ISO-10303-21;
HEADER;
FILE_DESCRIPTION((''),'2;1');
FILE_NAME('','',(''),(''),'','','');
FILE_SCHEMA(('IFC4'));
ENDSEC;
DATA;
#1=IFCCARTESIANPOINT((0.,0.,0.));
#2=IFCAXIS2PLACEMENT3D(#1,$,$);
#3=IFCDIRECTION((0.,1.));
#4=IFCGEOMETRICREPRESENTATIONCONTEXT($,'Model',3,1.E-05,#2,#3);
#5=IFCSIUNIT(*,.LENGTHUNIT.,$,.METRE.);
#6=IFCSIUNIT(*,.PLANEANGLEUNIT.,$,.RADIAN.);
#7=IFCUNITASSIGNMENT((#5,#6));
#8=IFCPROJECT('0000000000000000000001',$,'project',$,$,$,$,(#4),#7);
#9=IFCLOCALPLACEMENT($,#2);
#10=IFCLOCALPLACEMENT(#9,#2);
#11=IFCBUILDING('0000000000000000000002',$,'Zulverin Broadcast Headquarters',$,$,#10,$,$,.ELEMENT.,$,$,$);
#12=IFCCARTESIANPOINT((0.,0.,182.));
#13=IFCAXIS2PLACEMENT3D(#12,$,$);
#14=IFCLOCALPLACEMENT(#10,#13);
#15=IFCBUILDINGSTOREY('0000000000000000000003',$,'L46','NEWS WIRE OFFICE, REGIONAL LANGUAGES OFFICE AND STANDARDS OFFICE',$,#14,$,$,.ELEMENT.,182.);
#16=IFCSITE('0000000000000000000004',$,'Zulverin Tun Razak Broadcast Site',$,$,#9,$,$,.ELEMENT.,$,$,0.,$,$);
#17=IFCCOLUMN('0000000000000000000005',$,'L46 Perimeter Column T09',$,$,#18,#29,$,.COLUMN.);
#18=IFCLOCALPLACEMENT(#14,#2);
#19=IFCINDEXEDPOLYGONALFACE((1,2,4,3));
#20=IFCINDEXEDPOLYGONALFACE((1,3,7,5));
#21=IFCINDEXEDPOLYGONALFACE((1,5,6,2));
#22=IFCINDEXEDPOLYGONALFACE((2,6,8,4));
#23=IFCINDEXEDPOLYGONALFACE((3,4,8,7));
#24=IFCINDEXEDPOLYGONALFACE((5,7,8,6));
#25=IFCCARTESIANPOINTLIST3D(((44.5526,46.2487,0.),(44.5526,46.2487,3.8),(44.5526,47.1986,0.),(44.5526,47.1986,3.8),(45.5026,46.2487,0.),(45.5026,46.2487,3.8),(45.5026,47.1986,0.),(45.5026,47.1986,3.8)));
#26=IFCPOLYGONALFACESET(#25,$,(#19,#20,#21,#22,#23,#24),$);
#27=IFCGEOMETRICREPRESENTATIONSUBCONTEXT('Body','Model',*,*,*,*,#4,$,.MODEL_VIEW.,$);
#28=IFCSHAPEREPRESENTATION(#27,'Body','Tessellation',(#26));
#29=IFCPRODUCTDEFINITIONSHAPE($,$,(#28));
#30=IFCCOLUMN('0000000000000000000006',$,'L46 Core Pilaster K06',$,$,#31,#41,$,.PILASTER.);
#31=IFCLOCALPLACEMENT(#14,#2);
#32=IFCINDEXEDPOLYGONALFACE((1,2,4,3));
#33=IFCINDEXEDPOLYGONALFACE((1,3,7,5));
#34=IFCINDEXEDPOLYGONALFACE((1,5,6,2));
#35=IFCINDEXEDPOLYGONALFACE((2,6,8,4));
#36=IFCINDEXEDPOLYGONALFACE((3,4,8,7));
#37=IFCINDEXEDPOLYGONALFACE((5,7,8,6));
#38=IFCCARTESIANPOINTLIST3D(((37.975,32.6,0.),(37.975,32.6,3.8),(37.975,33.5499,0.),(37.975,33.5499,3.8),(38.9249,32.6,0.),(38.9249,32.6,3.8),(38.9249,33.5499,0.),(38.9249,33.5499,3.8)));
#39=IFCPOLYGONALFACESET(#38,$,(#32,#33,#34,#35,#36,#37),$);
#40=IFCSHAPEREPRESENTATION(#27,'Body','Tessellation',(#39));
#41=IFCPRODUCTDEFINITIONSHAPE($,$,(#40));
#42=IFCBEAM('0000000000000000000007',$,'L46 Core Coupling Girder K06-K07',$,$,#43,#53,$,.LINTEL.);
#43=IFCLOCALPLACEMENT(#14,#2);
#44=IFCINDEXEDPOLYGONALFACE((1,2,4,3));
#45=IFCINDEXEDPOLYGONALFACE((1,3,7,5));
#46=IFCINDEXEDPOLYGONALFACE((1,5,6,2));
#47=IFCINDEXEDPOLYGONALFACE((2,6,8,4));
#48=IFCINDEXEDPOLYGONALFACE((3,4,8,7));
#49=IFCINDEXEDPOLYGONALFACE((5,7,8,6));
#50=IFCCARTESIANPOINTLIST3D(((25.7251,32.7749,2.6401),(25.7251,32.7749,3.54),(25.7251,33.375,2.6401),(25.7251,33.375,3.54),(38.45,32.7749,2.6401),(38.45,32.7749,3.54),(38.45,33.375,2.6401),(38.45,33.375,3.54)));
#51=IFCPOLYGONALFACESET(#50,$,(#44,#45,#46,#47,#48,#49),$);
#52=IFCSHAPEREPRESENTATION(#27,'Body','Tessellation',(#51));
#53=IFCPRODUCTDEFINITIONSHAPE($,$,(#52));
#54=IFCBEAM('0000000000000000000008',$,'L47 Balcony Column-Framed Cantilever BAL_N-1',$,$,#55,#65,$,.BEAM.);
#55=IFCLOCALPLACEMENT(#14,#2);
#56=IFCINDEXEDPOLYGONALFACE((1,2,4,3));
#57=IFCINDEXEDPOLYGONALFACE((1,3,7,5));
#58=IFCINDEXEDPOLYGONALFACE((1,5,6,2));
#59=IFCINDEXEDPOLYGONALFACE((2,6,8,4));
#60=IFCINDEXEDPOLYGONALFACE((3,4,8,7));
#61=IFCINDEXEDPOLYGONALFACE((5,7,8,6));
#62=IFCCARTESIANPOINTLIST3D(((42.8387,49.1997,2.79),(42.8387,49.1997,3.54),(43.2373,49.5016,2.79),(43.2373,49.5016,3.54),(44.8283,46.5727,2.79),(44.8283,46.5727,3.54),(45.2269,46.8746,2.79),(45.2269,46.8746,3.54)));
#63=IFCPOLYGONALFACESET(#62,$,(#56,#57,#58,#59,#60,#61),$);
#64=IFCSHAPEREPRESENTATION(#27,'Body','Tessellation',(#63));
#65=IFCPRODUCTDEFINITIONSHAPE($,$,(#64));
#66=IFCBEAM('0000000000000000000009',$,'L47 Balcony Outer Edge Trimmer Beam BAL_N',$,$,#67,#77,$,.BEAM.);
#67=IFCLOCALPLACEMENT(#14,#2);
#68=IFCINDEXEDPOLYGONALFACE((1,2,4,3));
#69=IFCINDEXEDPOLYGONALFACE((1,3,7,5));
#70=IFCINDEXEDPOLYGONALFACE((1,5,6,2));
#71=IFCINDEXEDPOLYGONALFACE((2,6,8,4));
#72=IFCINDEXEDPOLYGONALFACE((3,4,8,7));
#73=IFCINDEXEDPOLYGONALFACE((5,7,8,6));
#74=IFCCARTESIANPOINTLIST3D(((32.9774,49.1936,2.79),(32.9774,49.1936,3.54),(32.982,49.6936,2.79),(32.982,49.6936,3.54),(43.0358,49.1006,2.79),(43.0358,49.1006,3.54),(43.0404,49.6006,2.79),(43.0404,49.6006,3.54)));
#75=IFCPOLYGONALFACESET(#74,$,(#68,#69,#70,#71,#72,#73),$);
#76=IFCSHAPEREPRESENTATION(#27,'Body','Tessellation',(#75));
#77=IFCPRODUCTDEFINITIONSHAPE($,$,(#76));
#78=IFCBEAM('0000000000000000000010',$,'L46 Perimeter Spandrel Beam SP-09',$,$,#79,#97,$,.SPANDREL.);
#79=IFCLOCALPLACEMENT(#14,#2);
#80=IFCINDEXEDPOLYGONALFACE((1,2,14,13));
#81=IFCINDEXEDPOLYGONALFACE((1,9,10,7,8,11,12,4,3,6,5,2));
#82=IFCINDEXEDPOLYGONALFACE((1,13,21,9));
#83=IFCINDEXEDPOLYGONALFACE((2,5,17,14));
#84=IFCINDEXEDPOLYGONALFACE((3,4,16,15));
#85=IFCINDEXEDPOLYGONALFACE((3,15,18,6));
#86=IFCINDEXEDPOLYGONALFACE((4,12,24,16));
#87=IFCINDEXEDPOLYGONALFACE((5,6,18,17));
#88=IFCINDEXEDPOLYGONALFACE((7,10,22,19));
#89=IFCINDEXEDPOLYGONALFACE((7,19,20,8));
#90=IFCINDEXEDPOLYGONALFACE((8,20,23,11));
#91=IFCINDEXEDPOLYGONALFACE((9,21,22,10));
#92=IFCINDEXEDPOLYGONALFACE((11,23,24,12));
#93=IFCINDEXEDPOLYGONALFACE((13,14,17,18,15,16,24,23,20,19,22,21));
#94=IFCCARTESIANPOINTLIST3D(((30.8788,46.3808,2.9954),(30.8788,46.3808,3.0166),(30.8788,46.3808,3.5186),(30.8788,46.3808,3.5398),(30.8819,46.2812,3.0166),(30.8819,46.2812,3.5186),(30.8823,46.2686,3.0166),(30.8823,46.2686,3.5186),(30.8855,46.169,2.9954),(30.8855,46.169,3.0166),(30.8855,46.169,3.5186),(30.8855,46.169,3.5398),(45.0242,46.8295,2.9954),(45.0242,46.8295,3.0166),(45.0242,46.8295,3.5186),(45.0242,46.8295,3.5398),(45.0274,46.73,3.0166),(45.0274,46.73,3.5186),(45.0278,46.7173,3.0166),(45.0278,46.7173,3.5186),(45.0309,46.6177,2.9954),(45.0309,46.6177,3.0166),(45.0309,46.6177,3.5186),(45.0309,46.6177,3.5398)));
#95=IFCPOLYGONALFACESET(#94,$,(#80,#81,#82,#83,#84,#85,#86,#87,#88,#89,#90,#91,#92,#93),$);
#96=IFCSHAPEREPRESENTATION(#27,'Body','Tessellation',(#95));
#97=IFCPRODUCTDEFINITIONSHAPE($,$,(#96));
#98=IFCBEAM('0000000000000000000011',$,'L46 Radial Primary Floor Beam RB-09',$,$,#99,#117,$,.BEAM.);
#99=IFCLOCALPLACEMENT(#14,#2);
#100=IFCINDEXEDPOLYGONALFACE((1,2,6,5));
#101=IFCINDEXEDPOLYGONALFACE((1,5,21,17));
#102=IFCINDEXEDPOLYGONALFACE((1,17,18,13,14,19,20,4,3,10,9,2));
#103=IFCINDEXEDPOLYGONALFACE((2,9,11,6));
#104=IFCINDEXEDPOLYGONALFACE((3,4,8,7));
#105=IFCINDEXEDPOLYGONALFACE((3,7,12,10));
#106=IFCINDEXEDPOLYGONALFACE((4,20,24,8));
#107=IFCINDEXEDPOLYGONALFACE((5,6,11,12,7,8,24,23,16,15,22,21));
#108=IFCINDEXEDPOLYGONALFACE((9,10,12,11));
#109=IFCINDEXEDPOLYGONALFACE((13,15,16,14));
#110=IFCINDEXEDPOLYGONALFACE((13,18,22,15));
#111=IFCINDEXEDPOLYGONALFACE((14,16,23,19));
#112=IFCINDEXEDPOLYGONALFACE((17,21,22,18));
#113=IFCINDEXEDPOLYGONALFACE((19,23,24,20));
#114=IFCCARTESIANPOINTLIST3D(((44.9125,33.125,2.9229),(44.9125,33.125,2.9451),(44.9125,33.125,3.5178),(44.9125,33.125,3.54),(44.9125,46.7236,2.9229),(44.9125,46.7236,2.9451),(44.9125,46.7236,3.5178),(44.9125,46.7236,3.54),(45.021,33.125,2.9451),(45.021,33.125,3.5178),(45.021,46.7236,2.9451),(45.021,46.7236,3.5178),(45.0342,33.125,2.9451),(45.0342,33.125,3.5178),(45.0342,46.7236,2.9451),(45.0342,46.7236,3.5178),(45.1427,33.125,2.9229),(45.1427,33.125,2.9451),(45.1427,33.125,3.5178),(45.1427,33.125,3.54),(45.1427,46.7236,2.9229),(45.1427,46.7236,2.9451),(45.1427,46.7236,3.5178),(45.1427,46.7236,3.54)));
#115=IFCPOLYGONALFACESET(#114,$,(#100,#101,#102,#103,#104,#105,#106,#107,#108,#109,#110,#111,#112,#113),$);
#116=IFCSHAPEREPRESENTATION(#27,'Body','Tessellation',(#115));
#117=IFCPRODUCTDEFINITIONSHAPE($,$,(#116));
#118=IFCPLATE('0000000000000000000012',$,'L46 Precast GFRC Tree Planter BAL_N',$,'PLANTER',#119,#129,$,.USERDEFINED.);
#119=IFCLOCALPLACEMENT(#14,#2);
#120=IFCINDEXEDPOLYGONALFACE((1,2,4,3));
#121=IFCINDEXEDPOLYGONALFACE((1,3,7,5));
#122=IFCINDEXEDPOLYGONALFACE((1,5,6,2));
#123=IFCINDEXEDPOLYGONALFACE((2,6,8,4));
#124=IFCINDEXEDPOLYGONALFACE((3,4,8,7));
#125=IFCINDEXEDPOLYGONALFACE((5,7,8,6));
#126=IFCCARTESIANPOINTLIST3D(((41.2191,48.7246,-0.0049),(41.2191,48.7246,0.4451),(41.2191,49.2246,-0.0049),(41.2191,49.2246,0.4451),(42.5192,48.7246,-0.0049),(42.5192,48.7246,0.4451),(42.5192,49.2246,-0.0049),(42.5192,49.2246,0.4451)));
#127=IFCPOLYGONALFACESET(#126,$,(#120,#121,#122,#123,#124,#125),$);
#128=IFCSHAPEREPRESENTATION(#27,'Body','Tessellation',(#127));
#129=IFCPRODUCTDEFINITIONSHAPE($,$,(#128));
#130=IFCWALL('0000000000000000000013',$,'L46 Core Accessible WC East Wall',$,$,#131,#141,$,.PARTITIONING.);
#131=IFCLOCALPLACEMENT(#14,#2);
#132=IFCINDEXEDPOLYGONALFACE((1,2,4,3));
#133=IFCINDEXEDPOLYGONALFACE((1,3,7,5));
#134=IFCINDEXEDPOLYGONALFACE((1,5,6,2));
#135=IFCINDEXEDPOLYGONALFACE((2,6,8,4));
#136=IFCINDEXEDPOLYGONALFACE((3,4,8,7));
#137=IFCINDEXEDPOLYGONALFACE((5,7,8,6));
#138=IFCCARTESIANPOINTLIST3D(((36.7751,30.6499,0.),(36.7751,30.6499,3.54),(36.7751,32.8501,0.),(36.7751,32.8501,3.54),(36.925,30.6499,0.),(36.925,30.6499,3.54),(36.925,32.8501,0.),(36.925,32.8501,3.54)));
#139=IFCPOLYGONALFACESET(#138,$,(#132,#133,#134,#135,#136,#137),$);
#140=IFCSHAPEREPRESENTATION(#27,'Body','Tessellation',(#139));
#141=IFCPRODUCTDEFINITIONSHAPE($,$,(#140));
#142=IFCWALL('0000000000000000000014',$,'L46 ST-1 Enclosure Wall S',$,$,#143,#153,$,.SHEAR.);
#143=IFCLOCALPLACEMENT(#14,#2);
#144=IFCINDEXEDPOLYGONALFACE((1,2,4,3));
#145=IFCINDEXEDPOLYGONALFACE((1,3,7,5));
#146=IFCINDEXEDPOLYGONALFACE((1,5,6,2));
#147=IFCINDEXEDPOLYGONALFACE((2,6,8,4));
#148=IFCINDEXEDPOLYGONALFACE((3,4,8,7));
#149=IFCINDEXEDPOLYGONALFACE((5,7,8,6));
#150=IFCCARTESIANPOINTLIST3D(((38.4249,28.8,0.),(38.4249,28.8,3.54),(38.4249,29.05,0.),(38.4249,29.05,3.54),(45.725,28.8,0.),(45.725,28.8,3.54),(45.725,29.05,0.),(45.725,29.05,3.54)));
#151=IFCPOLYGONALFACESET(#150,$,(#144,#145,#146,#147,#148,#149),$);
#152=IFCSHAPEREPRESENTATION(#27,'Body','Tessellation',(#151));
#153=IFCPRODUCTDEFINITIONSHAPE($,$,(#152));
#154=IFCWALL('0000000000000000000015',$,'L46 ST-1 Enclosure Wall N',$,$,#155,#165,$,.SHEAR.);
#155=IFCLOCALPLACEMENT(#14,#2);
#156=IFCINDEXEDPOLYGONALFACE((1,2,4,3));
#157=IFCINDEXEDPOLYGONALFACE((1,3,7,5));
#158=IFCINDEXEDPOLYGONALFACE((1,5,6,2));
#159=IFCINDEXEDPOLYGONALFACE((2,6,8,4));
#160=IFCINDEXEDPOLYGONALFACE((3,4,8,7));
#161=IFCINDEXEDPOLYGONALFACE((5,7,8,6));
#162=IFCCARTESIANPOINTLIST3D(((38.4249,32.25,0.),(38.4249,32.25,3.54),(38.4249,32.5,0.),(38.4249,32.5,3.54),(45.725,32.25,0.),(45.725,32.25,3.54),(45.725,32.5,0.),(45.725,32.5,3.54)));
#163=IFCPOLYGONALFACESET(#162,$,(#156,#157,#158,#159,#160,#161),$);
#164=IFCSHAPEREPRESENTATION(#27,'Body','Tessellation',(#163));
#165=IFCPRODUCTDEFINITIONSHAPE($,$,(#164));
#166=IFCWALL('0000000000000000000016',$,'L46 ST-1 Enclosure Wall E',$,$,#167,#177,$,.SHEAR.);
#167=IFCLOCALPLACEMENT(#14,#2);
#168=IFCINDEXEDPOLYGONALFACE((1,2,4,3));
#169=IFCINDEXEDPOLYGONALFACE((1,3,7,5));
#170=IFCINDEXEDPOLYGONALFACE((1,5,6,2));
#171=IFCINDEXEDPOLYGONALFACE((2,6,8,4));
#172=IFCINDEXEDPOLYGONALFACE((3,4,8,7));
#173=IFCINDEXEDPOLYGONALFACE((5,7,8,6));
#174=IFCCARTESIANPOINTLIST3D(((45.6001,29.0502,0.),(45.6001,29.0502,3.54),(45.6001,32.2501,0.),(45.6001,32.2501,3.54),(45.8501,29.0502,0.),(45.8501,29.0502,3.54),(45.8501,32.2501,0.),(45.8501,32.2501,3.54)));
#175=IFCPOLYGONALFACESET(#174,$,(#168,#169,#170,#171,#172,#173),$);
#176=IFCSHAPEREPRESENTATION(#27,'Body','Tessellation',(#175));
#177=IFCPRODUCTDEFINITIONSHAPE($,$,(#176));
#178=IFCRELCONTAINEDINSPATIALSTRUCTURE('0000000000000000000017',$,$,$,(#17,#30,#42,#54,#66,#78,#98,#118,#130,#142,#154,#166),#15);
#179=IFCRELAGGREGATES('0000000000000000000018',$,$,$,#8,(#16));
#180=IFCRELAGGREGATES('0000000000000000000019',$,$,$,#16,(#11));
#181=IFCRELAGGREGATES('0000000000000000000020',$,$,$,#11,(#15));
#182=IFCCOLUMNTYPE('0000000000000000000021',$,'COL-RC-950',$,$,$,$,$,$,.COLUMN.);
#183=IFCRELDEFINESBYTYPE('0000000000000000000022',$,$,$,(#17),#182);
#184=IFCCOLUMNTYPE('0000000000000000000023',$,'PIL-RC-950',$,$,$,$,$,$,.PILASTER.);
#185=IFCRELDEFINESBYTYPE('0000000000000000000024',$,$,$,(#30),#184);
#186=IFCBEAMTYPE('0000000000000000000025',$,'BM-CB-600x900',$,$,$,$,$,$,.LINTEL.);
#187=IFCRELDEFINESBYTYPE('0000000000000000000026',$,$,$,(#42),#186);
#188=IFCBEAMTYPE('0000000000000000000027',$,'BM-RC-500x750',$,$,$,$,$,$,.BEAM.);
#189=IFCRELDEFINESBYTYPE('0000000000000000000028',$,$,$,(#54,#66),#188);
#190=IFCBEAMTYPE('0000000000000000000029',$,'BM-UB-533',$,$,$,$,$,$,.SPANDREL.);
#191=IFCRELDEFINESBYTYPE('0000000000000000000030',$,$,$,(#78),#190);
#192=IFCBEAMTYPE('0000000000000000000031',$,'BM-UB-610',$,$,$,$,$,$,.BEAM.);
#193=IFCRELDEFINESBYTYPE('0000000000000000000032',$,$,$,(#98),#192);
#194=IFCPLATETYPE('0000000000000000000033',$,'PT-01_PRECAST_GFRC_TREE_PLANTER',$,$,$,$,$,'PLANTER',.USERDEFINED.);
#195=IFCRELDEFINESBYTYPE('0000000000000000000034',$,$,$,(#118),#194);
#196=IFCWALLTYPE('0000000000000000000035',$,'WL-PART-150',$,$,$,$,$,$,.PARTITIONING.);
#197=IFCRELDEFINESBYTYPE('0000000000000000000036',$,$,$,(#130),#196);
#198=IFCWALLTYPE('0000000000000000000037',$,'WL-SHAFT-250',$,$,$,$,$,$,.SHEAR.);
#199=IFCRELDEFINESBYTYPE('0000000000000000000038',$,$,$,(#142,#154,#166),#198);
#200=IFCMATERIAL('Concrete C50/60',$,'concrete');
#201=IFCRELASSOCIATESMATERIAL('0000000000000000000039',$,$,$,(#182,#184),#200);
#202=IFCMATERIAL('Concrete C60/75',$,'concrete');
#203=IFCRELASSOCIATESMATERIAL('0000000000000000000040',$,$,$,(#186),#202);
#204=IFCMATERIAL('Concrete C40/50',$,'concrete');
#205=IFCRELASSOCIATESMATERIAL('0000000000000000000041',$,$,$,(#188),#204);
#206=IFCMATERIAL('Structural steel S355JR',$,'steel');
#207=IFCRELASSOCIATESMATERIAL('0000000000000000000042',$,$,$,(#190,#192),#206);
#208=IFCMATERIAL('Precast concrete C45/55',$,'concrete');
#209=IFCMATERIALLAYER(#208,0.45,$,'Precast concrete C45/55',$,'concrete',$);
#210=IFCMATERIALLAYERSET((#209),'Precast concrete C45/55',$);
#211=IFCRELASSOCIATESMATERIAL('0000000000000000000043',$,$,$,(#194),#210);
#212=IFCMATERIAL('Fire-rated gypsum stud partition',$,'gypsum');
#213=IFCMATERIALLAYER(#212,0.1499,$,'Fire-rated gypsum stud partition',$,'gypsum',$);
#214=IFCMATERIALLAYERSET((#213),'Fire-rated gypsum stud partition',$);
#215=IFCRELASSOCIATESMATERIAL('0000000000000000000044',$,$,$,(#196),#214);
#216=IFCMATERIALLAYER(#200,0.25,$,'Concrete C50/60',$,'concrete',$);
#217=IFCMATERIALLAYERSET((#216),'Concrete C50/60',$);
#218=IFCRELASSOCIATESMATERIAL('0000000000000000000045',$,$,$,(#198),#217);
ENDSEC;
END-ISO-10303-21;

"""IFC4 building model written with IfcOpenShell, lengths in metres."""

from ifc_helpers import new_model, si_unit, direction, frame, frame_2d, origin, origin_2d, place, context, subcontext, project, spatial, rectangle, i_section, extrude, material, layer, layer_set, material_profile, profile_set, type_object, element, save


model = new_model("IFC4")

# Units and contexts
model_context = context("Model", 3, precision=1e-05, world=origin(), true_north=direction((0.0, 1.0)))
body_context = subcontext(model_context, "Body", "Model", "MODEL_VIEW")
ifc_project = project(units=[si_unit("LENGTHUNIT", "METRE"), si_unit("PLANEANGLEUNIT", "RADIAN")], contexts=[model_context])

# Site, building, storey
site_placement = place(None, origin())
site = spatial("IfcSite", under=ifc_project, at=site_placement, Name="Zulverin Tun Razak Broadcast Site", CompositionType="ELEMENT", RefElevation=0.0)
building_placement = place(site_placement, origin())
building = spatial("IfcBuilding", under=site, at=building_placement, Name="Zulverin Broadcast Headquarters", CompositionType="ELEMENT")
storey_placement = place(building_placement, frame((0.0, 0.0, 182.0)))
storey = spatial("IfcBuildingStorey", under=building, at=storey_placement, Name="L46", Description="NEWS WIRE OFFICE, REGIONAL LANGUAGES OFFICE AND STANDARDS OFFICE", CompositionType="ELEMENT", Elevation=182.0)

# Columns
ifc_material_1 = material(Name="Concrete C50/60", Category="concrete")
ifc_material_profile_1 = material_profile(ifc_material_1, rectangle(XDim=0.95, YDim=0.95, at=origin_2d()), Name="Concrete C50/60", Category="concrete")
ifc_profile_set_1 = profile_set([ifc_material_profile_1], Name="Concrete C50/60")
column_type_1 = type_object("IfcColumnType", Name="COL-RC-950", PredefinedType="COLUMN", material=ifc_profile_set_1)
column_1_placement = place(storey_placement, frame((45.0276, 46.7236, 0.0), z_axis=(0.0, 0.0, 1.0), x_axis=(1.0, 0.0, 0.0)))
element("IfcColumn", 1, at=column_1_placement, inside=storey, type_object=column_type_1, Name="L46 Perimeter Column T09", PredefinedType="COLUMN", context=body_context, shape_type="SweptSolid", body=[
    extrude(rectangle(XDim=0.95, YDim=0.95, at=origin_2d()), origin(), (0.0, 0.0, 1.0), 3.8),
])
ifc_material_profile_2 = material_profile(ifc_material_1, rectangle(XDim=0.95, YDim=0.95, at=origin_2d()), Name="Concrete C50/60", Category="concrete")
ifc_profile_set_2 = profile_set([ifc_material_profile_2], Name="Concrete C50/60")
column_type_2 = type_object("IfcColumnType", Name="PIL-RC-950", PredefinedType="PILASTER", material=ifc_profile_set_2)
column_2_placement = place(storey_placement, frame((38.45, 33.075, 0.0), z_axis=(0.0, 0.0, 1.0), x_axis=(1.0, 0.0, 0.0)))
element("IfcColumn", 2, at=column_2_placement, inside=storey, type_object=column_type_2, Name="L46 Core Pilaster K06", PredefinedType="PILASTER", context=body_context, shape_type="SweptSolid", body=[
    extrude(rectangle(XDim=0.95, YDim=0.95, at=origin_2d()), origin(), (0.0, 0.0, 1.0), 3.8),
])

# Beams
ifc_material_2 = material(Name="Concrete C60/75", Category="concrete")
ifc_material_profile_3 = material_profile(ifc_material_2, rectangle(XDim=0.6001, YDim=0.8999, at=origin_2d()), Name="Concrete C60/75", Category="concrete")
ifc_profile_set_3 = profile_set([ifc_material_profile_3], Name="Concrete C60/75")
beam_type_1 = type_object("IfcBeamType", Name="BM-CB-600x900", PredefinedType="LINTEL", material=ifc_profile_set_3)
beam_1_placement = place(storey_placement, frame((38.45, 33.075, 3.0901), z_axis=(-1.0, 0.0, 0.0), x_axis=(0.0, -1.0, 0.0)))
element("IfcBeam", 3, at=beam_1_placement, inside=storey, type_object=beam_type_1, Name="L46 Core Coupling Girder K06-K07", PredefinedType="LINTEL", context=body_context, shape_type="SweptSolid", body=[
    extrude(rectangle(XDim=0.6001, YDim=0.8999, at=origin_2d()), origin(), (0.0, 0.0, 1.0), 12.7249),
])
ifc_material_3 = material(Name="Concrete C40/50", Category="concrete")
ifc_material_profile_4 = material_profile(ifc_material_3, rectangle(XDim=0.5, YDim=0.75, at=origin_2d()), Name="Concrete C40/50", Category="concrete")
ifc_profile_set_4 = profile_set([ifc_material_profile_4], Name="Concrete C40/50")
beam_type_2 = type_object("IfcBeamType", Name="BM-RC-500x750", PredefinedType="BEAM", material=ifc_profile_set_4)
beam_2_placement = place(storey_placement, frame((45.0276, 46.7236, 3.165), z_axis=(-0.603739, 0.797182, 0.0), x_axis=(-0.797182, -0.603739, 0.0)))
element("IfcBeam", 4, at=beam_2_placement, inside=storey, type_object=beam_type_2, Name="L47 Balcony Column-Framed Cantilever BAL_N-1", PredefinedType="BEAM", context=body_context, shape_type="SweptSolid", body=[
    extrude(rectangle(XDim=0.5, YDim=0.75, at=origin_2d()), origin(), (0.0, 0.0, 1.0), 3.2954),
])
beam_3_placement = place(storey_placement, frame((43.0381, 49.3506, 3.165), z_axis=(-0.999957, 0.009247, 0.0), x_axis=(-0.009247, -0.999957, 0.0)))
element("IfcBeam", 5, at=beam_3_placement, inside=storey, type_object=beam_type_2, Name="L47 Balcony Outer Edge Trimmer Beam BAL_N", PredefinedType="BEAM", context=body_context, shape_type="SweptSolid", body=[
    extrude(rectangle(XDim=0.5, YDim=0.75, at=origin_2d()), origin(), (0.0, 0.0, 1.0), 10.0588),
])
ifc_material_4 = material(Name="Structural steel S355JR", Category="steel")
ifc_material_profile_5 = material_profile(ifc_material_4, i_section(OverallWidth=0.2119, OverallDepth=0.5444, WebThickness=0.0127, FlangeThickness=0.0212, at=origin_2d()), Name="Structural steel S355JR", Category="steel")
ifc_profile_set_5 = profile_set([ifc_material_profile_5], Name="Structural steel S355JR")
beam_type_3 = type_object("IfcBeamType", Name="BM-UB-533", PredefinedType="SPANDREL", material=ifc_profile_set_5)
beam_4_placement = place(storey_placement, frame((45.0276, 46.7236, 3.2676), z_axis=(-0.999497, -0.031707, 0.0), x_axis=(0.031707, -0.999497, 0.0)))
element("IfcBeam", 6, at=beam_4_placement, inside=storey, type_object=beam_type_3, Name="L46 Perimeter Spandrel Beam SP-09", PredefinedType="SPANDREL", context=body_context, shape_type="SweptSolid", body=[
    extrude(i_section(OverallWidth=0.2119, OverallDepth=0.5444, WebThickness=0.0127, FlangeThickness=0.0212, at=origin_2d()), origin(), (0.0, 0.0, 1.0), 14.1526),
])
ifc_material_profile_6 = material_profile(ifc_material_4, i_section(OverallWidth=0.2302, OverallDepth=0.6172, WebThickness=0.0132, FlangeThickness=0.0222, at=origin_2d()), Name="Structural steel S355JR", Category="steel")
ifc_profile_set_6 = profile_set([ifc_material_profile_6], Name="Structural steel S355JR")
beam_type_4 = type_object("IfcBeamType", Name="BM-UB-610", PredefinedType="BEAM", material=ifc_profile_set_6)
beam_5_placement = place(storey_placement, frame((45.0276, 33.125, 3.2314), z_axis=(0.0, 1.0, 0.0), x_axis=(-1.0, 0.0, 0.0)))
element("IfcBeam", 7, at=beam_5_placement, inside=storey, type_object=beam_type_4, Name="L46 Radial Primary Floor Beam RB-09", PredefinedType="BEAM", context=body_context, shape_type="SweptSolid", body=[
    extrude(i_section(OverallWidth=0.2302, OverallDepth=0.6172, WebThickness=0.0132, FlangeThickness=0.0222, at=origin_2d()), origin(), (0.0, 0.0, 1.0), 13.5986),
])

# Plate
ifc_material_5 = material(Name="Precast concrete C45/55", Category="concrete")
ifc_layer_1 = layer(ifc_material_5, 0.45, Name="Precast concrete C45/55", Category="concrete")
ifc_layer_set_1 = layer_set([ifc_layer_1], Name="Precast concrete C45/55")
plate_type = type_object("IfcPlateType", Name="PT-01_PRECAST_GFRC_TREE_PLANTER", ElementType="PLANTER", PredefinedType="USERDEFINED", material=ifc_layer_set_1)
plate_placement = place(storey_placement, frame((41.8691, 48.9746, -0.0049), z_axis=(0.0, 0.0, 1.0), x_axis=(1.0, 0.0, 0.0)))
element("IfcPlate", 8, at=plate_placement, inside=storey, type_object=plate_type, Name="L46 Precast GFRC Tree Planter BAL_N", ObjectType="PLANTER", PredefinedType="USERDEFINED", context=body_context, shape_type="SweptSolid", body=[
    extrude(rectangle(XDim=1.3, YDim=0.5, at=origin_2d()), origin(), (0.0, 0.0, 1.0), 0.45),
])

# Walls
ifc_material_6 = material(Name="Fire-rated gypsum stud partition", Category="gypsum")
ifc_layer_2 = layer(ifc_material_6, 0.1499, Name="Fire-rated gypsum stud partition", Category="gypsum")
ifc_layer_set_2 = layer_set([ifc_layer_2], Name="Fire-rated gypsum stud partition")
wall_type_1 = type_object("IfcWallType", Name="WL-PART-150", PredefinedType="PARTITIONING", material=ifc_layer_set_2)
wall_1_placement = place(storey_placement, frame((36.8501, 30.6499, 0.0), z_axis=(0.0, 0.0, 1.0), x_axis=(0.0, 1.0, 0.0)))
element("IfcWall", 9, at=wall_1_placement, inside=storey, type_object=wall_type_1, Name="L46 Core Accessible WC East Wall", PredefinedType="PARTITIONING", context=body_context, shape_type="SweptSolid", body=[
    extrude(rectangle(XDim=2.2002, YDim=0.1499, at=frame_2d((1.1001, 0.0))), origin(), (0.0, 0.0, 1.0), 3.54),
])
ifc_layer_3 = layer(ifc_material_1, 0.25, Name="Concrete C50/60", Category="concrete")
ifc_layer_set_3 = layer_set([ifc_layer_3], Name="Concrete C50/60")
wall_type_2 = type_object("IfcWallType", Name="WL-SHAFT-250", PredefinedType="SHEAR", material=ifc_layer_set_3)
for number, where, z_axis, x_axis, name in (
    (10, (38.425, 28.925, 0.0), (0.0, 0.0, 1.0), (1.0, 0.0, 0.0), "L46 ST-1 Enclosure Wall S"),
    (11, (38.425, 32.375, 0.0), (0.0, 0.0, 1.0), (1.0, 0.0, 0.0), "L46 ST-1 Enclosure Wall N"),
):
    element("IfcWall", number, at=place(storey_placement, frame(where, z_axis=z_axis, x_axis=x_axis)), inside=storey, type_object=wall_type_2, Name=name, PredefinedType="SHEAR", context=body_context, shape_type="SweptSolid", body=[
        extrude(rectangle(XDim=7.3, YDim=0.25, at=frame_2d((3.6499, 0.0))), origin(), (0.0, 0.0, 1.0), 3.54),
    ])

# Wall
wall_2_placement = place(storey_placement, frame((45.7251, 29.05, 0.0), z_axis=(0.0, 0.0, 1.0), x_axis=(0.0, 1.0, 0.0)))
element("IfcWall", 12, at=wall_2_placement, inside=storey, type_object=wall_type_2, Name="L46 ST-1 Enclosure Wall E", PredefinedType="SHEAR", context=body_context, shape_type="SweptSolid", body=[
    extrude(rectangle(XDim=3.2, YDim=0.25, at=frame_2d((1.6001, 0.0))), origin(), (0.0, 0.0, 1.0), 3.54),
])

save(model, "model.ifc")
